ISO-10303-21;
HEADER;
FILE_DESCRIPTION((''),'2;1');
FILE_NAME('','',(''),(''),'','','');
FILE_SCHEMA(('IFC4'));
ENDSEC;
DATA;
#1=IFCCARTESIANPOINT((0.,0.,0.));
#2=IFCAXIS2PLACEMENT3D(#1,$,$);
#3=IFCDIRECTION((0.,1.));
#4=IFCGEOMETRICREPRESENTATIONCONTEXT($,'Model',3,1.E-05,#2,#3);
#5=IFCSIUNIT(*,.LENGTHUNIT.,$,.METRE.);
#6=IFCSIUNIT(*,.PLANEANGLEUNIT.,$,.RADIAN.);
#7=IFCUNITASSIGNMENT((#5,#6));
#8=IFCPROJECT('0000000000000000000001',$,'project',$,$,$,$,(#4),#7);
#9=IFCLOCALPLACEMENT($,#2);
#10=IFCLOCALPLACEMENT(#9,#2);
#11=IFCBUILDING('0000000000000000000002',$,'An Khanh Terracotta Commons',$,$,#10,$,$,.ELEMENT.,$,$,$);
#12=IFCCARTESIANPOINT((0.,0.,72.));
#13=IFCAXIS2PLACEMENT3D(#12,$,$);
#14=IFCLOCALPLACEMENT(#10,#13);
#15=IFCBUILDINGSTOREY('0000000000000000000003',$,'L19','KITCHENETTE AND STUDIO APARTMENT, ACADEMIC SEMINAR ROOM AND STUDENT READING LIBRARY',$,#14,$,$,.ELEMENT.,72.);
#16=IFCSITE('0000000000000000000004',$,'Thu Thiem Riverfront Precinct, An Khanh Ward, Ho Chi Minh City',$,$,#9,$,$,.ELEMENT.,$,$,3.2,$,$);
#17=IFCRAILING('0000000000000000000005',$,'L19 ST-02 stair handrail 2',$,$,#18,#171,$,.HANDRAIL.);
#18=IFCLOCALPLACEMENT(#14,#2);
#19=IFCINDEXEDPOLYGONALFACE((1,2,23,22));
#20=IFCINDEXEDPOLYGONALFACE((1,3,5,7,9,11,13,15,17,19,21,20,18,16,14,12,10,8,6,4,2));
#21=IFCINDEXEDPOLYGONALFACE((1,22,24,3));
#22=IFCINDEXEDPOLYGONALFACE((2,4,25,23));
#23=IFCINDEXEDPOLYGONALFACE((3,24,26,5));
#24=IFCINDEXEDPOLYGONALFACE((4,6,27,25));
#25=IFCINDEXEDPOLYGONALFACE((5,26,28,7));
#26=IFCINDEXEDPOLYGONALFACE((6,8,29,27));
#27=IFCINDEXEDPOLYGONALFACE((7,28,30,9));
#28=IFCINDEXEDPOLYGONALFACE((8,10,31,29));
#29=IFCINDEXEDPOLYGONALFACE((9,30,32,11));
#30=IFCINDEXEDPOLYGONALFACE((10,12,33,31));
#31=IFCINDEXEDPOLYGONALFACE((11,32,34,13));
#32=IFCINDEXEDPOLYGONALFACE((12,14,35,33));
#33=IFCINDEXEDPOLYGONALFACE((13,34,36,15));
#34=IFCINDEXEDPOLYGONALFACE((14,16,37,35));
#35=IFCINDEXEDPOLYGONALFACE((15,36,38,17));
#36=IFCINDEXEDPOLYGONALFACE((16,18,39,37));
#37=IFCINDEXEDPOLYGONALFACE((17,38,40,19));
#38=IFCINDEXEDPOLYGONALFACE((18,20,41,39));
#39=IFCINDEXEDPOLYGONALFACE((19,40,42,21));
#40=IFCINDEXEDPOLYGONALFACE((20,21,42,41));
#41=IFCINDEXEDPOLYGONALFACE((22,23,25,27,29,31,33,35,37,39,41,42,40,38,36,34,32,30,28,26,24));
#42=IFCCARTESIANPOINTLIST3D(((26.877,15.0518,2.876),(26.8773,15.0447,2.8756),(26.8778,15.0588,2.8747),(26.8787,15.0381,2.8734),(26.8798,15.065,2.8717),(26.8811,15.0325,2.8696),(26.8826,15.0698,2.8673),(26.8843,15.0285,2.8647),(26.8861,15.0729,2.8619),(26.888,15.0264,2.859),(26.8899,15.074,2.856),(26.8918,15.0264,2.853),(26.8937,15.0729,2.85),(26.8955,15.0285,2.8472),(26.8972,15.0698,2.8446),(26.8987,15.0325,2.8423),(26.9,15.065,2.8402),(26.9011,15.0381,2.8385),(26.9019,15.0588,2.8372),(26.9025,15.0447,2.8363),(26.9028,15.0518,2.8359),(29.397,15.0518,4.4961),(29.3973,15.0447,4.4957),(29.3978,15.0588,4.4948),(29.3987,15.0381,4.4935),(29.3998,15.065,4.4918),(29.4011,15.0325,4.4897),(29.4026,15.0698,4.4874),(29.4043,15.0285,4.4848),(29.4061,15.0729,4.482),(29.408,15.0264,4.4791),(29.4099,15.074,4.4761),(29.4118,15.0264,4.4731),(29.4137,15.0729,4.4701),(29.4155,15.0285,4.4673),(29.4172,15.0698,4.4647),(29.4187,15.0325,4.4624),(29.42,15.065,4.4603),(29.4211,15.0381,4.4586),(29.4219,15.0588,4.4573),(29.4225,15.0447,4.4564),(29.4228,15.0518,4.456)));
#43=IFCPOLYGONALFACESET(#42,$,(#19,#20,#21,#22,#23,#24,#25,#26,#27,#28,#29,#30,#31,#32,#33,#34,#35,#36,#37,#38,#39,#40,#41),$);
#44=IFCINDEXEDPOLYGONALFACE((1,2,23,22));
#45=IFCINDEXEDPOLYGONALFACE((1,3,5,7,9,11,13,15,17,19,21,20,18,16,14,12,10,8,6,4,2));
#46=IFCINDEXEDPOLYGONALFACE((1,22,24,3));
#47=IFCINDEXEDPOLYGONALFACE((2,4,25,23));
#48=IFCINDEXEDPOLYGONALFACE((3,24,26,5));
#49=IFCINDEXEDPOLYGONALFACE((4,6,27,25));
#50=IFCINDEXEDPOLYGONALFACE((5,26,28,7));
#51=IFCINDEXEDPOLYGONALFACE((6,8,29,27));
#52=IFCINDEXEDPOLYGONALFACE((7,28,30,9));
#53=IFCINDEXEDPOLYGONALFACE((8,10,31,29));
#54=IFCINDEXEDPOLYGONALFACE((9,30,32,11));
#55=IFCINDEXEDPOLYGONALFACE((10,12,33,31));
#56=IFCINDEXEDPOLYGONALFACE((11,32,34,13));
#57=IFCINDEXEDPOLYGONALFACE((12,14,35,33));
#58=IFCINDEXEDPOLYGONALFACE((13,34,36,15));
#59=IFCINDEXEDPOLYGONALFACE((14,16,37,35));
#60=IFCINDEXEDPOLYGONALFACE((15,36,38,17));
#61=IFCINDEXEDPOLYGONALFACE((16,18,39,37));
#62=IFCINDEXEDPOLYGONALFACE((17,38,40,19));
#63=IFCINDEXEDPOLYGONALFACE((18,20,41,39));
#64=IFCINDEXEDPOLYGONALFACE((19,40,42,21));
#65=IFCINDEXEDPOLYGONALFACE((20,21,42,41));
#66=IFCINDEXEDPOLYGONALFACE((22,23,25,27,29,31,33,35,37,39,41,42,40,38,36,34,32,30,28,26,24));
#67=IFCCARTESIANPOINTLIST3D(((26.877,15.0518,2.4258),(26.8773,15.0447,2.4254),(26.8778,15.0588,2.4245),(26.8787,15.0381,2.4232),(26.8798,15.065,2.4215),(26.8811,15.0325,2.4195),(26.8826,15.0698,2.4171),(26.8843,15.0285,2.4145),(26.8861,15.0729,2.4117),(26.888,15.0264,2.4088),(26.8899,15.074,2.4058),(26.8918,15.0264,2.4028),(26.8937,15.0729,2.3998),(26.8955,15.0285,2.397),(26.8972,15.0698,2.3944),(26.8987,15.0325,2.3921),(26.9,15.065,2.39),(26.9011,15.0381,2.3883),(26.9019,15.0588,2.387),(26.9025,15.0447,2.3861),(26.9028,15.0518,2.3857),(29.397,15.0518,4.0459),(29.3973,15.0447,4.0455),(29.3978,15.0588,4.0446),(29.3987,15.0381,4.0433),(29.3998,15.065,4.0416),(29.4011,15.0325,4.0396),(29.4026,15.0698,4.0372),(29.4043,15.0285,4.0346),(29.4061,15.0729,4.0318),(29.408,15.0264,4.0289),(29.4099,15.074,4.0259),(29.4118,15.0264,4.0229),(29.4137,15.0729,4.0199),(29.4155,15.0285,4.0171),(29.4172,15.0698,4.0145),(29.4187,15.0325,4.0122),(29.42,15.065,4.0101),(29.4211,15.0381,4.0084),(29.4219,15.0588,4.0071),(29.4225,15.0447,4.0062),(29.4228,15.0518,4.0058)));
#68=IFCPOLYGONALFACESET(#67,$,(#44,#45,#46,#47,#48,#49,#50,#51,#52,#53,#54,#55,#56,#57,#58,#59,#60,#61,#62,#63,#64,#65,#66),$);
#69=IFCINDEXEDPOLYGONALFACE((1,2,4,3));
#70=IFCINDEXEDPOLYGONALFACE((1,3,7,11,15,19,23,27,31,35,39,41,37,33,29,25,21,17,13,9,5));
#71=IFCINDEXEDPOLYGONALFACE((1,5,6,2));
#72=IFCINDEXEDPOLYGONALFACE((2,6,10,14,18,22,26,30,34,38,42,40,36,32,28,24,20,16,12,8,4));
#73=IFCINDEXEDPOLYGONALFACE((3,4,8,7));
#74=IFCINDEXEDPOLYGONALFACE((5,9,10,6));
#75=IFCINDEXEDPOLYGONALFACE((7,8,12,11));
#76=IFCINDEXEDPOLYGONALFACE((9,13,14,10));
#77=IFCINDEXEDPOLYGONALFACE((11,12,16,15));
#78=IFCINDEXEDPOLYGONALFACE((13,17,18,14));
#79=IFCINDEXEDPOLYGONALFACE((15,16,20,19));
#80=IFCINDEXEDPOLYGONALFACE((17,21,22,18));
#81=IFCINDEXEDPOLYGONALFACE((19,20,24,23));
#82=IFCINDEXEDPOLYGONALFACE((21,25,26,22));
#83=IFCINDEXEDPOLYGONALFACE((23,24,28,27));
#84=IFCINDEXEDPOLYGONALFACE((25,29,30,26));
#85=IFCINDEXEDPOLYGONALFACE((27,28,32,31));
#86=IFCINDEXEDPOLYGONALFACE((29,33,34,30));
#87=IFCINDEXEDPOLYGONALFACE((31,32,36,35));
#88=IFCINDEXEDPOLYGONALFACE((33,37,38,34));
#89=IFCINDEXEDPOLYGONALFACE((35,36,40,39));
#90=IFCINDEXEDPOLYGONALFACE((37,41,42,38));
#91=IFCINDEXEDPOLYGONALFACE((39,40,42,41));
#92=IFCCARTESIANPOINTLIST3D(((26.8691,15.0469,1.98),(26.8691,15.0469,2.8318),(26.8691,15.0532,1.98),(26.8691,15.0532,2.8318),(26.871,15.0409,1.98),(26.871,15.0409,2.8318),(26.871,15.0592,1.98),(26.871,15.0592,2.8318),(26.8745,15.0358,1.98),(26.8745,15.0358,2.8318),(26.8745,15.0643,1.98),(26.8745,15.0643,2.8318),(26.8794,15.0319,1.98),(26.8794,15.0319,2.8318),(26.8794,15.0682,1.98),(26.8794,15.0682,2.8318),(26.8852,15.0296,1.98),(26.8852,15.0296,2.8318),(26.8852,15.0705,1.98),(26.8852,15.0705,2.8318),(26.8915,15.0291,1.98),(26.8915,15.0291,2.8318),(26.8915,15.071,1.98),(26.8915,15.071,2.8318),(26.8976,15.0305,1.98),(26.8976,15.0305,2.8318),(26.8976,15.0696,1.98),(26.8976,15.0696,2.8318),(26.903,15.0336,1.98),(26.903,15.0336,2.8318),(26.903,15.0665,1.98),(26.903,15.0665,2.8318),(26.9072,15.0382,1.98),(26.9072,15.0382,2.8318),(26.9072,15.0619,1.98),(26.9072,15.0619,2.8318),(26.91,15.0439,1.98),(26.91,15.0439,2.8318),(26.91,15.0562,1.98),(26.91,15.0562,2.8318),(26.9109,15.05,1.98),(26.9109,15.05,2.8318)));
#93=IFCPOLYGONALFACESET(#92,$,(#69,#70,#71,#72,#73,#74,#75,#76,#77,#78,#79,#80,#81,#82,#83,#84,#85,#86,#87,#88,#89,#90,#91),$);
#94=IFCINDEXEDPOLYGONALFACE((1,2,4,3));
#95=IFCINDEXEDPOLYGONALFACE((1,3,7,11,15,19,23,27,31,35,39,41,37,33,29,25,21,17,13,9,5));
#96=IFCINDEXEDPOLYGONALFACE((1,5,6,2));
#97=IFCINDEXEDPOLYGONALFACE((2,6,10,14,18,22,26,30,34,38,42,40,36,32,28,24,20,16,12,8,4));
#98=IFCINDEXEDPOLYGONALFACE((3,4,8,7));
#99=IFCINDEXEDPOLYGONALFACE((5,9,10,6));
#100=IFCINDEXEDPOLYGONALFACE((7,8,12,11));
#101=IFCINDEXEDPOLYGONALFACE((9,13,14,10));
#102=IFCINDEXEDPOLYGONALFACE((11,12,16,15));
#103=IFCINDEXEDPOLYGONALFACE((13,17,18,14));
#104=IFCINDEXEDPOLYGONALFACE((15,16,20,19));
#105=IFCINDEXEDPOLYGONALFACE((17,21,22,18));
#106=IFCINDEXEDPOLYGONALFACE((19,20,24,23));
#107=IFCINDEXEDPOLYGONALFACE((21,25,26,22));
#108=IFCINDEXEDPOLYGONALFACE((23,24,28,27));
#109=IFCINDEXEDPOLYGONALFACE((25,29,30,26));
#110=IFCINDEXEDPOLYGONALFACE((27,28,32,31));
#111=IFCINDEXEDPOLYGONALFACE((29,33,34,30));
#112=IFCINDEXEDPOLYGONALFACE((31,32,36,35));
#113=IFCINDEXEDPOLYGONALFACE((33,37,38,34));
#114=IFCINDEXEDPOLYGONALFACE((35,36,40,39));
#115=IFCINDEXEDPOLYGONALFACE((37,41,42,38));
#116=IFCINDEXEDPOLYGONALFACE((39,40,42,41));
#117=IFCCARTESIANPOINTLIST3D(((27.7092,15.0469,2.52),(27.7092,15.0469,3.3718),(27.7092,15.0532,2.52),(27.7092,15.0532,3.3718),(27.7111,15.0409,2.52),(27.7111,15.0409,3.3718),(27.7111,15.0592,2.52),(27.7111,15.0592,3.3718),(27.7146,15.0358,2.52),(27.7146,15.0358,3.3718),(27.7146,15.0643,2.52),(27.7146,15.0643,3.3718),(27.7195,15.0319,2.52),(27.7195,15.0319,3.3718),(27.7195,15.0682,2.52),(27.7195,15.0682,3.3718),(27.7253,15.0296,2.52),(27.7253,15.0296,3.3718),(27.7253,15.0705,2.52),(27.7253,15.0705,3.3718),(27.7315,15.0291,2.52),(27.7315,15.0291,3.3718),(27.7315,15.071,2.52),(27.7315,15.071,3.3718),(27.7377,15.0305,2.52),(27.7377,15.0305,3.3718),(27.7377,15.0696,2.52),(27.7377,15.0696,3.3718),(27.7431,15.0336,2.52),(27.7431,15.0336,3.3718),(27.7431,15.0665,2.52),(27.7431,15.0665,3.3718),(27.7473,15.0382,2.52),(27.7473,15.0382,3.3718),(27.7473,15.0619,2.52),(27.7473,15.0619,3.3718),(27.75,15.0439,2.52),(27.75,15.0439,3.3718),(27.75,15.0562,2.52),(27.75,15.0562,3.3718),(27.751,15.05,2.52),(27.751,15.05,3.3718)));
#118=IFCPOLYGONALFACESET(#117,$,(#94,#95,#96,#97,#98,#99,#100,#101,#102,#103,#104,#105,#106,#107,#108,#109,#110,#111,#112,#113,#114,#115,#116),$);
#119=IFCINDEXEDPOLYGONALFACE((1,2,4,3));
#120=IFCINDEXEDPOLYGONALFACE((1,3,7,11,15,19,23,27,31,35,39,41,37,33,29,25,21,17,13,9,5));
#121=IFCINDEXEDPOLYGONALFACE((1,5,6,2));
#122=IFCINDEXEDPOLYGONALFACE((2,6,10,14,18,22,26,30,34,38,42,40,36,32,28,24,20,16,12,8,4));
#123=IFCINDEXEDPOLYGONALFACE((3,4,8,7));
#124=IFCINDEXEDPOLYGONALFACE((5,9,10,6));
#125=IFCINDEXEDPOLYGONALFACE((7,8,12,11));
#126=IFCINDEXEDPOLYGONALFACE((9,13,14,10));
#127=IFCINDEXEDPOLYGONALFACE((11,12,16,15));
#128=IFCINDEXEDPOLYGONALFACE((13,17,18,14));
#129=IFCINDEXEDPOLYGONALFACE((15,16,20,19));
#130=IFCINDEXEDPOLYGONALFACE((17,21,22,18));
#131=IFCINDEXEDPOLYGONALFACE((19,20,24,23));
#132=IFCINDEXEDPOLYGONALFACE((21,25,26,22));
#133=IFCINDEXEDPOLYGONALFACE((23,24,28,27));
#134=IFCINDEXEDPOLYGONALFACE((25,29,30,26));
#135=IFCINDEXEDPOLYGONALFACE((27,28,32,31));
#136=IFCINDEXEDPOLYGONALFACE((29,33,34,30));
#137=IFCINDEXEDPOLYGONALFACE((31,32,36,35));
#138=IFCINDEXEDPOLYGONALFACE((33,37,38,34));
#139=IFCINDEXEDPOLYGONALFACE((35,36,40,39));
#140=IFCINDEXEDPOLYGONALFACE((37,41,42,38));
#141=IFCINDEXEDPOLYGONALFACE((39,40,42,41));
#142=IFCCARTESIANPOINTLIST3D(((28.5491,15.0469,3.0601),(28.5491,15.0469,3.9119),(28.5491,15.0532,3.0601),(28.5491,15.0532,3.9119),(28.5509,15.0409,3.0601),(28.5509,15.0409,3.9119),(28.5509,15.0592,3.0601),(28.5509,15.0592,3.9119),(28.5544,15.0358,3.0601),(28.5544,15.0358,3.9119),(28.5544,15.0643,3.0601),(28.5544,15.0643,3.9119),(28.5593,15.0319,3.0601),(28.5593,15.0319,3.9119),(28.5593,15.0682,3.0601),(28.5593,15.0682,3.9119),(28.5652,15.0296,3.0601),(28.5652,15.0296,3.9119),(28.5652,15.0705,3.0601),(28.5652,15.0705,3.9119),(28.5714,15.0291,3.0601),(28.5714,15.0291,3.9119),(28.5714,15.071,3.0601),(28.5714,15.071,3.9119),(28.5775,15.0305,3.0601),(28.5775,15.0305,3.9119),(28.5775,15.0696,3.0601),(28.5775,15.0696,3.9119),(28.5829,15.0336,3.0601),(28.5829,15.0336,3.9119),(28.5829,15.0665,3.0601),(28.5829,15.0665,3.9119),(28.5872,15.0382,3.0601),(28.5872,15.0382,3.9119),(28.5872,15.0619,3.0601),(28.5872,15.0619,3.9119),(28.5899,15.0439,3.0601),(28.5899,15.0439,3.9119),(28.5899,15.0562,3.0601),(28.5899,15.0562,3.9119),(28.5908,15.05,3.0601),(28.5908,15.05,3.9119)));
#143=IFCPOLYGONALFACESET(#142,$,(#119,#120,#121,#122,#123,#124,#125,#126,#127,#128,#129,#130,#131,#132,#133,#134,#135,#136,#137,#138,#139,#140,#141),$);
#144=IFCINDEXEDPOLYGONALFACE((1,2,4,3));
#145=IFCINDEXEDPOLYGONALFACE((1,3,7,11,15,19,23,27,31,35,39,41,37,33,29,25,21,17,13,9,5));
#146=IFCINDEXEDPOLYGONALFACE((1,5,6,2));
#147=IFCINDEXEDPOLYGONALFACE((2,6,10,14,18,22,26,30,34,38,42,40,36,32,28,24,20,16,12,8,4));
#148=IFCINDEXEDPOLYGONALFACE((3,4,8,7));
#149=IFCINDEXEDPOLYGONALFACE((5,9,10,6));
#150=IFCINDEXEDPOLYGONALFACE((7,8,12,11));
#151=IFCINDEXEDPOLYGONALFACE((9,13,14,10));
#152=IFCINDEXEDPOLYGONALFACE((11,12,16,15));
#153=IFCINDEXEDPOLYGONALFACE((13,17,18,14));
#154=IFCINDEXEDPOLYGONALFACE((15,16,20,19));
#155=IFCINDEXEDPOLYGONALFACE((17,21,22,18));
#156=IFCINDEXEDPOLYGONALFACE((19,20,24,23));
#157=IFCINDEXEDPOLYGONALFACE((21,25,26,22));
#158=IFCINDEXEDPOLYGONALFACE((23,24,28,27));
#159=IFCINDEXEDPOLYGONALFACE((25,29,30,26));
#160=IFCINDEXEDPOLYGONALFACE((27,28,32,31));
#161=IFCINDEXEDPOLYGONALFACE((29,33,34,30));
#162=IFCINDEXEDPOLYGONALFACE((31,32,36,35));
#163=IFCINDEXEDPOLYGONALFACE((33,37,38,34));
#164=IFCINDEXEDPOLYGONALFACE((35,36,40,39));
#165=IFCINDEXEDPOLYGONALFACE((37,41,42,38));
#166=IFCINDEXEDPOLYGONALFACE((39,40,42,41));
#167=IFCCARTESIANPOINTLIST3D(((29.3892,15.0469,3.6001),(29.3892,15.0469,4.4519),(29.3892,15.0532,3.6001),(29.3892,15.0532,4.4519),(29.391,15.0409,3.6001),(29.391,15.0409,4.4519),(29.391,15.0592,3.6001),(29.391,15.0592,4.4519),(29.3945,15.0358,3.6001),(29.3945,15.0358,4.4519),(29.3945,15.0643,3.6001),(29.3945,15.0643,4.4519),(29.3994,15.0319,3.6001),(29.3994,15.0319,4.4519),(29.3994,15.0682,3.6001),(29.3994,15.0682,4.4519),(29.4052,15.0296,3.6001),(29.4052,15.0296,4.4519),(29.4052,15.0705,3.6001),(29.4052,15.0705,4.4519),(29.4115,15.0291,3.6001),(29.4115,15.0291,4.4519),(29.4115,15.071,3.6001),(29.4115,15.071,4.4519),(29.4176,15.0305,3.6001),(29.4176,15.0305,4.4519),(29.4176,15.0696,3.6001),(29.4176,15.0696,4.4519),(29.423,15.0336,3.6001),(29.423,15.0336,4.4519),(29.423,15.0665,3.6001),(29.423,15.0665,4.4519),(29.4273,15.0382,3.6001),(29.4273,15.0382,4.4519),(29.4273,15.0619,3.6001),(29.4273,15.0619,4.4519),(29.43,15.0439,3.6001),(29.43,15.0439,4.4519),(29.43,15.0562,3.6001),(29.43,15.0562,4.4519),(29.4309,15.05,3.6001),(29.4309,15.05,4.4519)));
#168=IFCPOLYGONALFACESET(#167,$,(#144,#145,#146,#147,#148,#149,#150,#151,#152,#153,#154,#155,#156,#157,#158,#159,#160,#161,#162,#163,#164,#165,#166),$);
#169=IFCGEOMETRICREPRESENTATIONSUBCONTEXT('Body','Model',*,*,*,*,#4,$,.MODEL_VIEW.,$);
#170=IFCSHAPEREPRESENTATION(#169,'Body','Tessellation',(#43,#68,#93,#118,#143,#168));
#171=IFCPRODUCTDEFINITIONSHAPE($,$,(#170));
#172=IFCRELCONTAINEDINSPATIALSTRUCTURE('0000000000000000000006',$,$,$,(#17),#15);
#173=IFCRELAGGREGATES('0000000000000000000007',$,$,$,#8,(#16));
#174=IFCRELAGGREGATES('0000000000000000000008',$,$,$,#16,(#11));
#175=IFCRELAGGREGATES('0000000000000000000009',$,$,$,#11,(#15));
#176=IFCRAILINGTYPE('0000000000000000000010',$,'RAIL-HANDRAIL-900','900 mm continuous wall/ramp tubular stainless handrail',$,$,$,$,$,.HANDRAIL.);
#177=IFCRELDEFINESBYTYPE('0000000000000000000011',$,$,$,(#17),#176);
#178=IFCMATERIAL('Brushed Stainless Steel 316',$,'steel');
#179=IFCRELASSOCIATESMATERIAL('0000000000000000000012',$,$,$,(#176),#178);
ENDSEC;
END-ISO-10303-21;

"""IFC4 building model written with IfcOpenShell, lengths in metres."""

from ifc_helpers import new_model, si_unit, direction, frame, origin, origin_2d, place, context, subcontext, project, spatial, circle, extrude, material, type_object, element, save


model = new_model("IFC4")

# Units and contexts
model_context = context("Model", 3, precision=1e-05, world=origin(), true_north=direction((0.0, 1.0)))
body_context = subcontext(model_context, "Body", "Model", "MODEL_VIEW")
ifc_project = project(units=[si_unit("LENGTHUNIT", "METRE"), si_unit("PLANEANGLEUNIT", "RADIAN")], contexts=[model_context])

# Site, building, storey
site_placement = place(None, origin())
site = spatial("IfcSite", under=ifc_project, at=site_placement, Name="Thu Thiem Riverfront Precinct, An Khanh Ward, Ho Chi Minh City", CompositionType="ELEMENT", RefElevation=3.2)
building_placement = place(site_placement, origin())
building = spatial("IfcBuilding", under=site, at=building_placement, Name="An Khanh Terracotta Commons", CompositionType="ELEMENT")
storey_placement = place(building_placement, frame((0.0, 0.0, 72.0)))
storey = spatial("IfcBuildingStorey", under=building, at=storey_placement, Name="L19", Description="KITCHENETTE AND STUDIO APARTMENT, ACADEMIC SEMINAR ROOM AND STUDENT READING LIBRARY", CompositionType="ELEMENT", Elevation=72.0)

# Railing
ifc_material_1 = material(Name="Brushed Stainless Steel 316", Category="steel")
railing_type_1 = type_object("IfcRailingType", Name="RAIL-HANDRAIL-900", Description="900 mm continuous wall/ramp tubular stainless handrail", PredefinedType="HANDRAIL", material=ifc_material_1)
railing_1_placement = place(storey_placement, frame((26.8899, 15.05, 1.98)))
element("IfcRailing", 1, at=railing_1_placement, inside=storey, type_object=railing_type_1, Name="L19 ST-02 stair handrail 2", PredefinedType="HANDRAIL", context=body_context, shape_type="SweptSolid", body=[
    extrude(circle(Radius=0.0239, at=origin_2d()), frame((0.0, 0.0, 0.876), z_axis=(0.841163, 0.0, 0.540782), x_axis=(0.0, 1.0, 0.0)), (0.0, 0.0, 1.0), 2.9958),
    extrude(circle(Radius=0.0239, at=origin_2d()), frame((0.0, 0.0, 0.4258), z_axis=(0.841163, 0.0, 0.540782), x_axis=(0.0, 1.0, 0.0)), (0.0, 0.0, 1.0), 2.9958),
    extrude(circle(Radius=0.021, at=origin_2d()), origin(), (0.0, 0.0, 1.0), 0.8518),
    extrude(circle(Radius=0.021, at=origin_2d()), frame((0.8401, 0.0, 0.54)), (0.0, 0.0, 1.0), 0.8518),
    extrude(circle(Radius=0.021, at=origin_2d()), frame((1.6799, 0.0, 1.0801)), (0.0, 0.0, 1.0), 0.8518),
    extrude(circle(Radius=0.021, at=origin_2d()), frame((2.52, 0.0, 1.6201)), (0.0, 0.0, 1.0), 0.8518),
])

save(model, "model.ifc")
